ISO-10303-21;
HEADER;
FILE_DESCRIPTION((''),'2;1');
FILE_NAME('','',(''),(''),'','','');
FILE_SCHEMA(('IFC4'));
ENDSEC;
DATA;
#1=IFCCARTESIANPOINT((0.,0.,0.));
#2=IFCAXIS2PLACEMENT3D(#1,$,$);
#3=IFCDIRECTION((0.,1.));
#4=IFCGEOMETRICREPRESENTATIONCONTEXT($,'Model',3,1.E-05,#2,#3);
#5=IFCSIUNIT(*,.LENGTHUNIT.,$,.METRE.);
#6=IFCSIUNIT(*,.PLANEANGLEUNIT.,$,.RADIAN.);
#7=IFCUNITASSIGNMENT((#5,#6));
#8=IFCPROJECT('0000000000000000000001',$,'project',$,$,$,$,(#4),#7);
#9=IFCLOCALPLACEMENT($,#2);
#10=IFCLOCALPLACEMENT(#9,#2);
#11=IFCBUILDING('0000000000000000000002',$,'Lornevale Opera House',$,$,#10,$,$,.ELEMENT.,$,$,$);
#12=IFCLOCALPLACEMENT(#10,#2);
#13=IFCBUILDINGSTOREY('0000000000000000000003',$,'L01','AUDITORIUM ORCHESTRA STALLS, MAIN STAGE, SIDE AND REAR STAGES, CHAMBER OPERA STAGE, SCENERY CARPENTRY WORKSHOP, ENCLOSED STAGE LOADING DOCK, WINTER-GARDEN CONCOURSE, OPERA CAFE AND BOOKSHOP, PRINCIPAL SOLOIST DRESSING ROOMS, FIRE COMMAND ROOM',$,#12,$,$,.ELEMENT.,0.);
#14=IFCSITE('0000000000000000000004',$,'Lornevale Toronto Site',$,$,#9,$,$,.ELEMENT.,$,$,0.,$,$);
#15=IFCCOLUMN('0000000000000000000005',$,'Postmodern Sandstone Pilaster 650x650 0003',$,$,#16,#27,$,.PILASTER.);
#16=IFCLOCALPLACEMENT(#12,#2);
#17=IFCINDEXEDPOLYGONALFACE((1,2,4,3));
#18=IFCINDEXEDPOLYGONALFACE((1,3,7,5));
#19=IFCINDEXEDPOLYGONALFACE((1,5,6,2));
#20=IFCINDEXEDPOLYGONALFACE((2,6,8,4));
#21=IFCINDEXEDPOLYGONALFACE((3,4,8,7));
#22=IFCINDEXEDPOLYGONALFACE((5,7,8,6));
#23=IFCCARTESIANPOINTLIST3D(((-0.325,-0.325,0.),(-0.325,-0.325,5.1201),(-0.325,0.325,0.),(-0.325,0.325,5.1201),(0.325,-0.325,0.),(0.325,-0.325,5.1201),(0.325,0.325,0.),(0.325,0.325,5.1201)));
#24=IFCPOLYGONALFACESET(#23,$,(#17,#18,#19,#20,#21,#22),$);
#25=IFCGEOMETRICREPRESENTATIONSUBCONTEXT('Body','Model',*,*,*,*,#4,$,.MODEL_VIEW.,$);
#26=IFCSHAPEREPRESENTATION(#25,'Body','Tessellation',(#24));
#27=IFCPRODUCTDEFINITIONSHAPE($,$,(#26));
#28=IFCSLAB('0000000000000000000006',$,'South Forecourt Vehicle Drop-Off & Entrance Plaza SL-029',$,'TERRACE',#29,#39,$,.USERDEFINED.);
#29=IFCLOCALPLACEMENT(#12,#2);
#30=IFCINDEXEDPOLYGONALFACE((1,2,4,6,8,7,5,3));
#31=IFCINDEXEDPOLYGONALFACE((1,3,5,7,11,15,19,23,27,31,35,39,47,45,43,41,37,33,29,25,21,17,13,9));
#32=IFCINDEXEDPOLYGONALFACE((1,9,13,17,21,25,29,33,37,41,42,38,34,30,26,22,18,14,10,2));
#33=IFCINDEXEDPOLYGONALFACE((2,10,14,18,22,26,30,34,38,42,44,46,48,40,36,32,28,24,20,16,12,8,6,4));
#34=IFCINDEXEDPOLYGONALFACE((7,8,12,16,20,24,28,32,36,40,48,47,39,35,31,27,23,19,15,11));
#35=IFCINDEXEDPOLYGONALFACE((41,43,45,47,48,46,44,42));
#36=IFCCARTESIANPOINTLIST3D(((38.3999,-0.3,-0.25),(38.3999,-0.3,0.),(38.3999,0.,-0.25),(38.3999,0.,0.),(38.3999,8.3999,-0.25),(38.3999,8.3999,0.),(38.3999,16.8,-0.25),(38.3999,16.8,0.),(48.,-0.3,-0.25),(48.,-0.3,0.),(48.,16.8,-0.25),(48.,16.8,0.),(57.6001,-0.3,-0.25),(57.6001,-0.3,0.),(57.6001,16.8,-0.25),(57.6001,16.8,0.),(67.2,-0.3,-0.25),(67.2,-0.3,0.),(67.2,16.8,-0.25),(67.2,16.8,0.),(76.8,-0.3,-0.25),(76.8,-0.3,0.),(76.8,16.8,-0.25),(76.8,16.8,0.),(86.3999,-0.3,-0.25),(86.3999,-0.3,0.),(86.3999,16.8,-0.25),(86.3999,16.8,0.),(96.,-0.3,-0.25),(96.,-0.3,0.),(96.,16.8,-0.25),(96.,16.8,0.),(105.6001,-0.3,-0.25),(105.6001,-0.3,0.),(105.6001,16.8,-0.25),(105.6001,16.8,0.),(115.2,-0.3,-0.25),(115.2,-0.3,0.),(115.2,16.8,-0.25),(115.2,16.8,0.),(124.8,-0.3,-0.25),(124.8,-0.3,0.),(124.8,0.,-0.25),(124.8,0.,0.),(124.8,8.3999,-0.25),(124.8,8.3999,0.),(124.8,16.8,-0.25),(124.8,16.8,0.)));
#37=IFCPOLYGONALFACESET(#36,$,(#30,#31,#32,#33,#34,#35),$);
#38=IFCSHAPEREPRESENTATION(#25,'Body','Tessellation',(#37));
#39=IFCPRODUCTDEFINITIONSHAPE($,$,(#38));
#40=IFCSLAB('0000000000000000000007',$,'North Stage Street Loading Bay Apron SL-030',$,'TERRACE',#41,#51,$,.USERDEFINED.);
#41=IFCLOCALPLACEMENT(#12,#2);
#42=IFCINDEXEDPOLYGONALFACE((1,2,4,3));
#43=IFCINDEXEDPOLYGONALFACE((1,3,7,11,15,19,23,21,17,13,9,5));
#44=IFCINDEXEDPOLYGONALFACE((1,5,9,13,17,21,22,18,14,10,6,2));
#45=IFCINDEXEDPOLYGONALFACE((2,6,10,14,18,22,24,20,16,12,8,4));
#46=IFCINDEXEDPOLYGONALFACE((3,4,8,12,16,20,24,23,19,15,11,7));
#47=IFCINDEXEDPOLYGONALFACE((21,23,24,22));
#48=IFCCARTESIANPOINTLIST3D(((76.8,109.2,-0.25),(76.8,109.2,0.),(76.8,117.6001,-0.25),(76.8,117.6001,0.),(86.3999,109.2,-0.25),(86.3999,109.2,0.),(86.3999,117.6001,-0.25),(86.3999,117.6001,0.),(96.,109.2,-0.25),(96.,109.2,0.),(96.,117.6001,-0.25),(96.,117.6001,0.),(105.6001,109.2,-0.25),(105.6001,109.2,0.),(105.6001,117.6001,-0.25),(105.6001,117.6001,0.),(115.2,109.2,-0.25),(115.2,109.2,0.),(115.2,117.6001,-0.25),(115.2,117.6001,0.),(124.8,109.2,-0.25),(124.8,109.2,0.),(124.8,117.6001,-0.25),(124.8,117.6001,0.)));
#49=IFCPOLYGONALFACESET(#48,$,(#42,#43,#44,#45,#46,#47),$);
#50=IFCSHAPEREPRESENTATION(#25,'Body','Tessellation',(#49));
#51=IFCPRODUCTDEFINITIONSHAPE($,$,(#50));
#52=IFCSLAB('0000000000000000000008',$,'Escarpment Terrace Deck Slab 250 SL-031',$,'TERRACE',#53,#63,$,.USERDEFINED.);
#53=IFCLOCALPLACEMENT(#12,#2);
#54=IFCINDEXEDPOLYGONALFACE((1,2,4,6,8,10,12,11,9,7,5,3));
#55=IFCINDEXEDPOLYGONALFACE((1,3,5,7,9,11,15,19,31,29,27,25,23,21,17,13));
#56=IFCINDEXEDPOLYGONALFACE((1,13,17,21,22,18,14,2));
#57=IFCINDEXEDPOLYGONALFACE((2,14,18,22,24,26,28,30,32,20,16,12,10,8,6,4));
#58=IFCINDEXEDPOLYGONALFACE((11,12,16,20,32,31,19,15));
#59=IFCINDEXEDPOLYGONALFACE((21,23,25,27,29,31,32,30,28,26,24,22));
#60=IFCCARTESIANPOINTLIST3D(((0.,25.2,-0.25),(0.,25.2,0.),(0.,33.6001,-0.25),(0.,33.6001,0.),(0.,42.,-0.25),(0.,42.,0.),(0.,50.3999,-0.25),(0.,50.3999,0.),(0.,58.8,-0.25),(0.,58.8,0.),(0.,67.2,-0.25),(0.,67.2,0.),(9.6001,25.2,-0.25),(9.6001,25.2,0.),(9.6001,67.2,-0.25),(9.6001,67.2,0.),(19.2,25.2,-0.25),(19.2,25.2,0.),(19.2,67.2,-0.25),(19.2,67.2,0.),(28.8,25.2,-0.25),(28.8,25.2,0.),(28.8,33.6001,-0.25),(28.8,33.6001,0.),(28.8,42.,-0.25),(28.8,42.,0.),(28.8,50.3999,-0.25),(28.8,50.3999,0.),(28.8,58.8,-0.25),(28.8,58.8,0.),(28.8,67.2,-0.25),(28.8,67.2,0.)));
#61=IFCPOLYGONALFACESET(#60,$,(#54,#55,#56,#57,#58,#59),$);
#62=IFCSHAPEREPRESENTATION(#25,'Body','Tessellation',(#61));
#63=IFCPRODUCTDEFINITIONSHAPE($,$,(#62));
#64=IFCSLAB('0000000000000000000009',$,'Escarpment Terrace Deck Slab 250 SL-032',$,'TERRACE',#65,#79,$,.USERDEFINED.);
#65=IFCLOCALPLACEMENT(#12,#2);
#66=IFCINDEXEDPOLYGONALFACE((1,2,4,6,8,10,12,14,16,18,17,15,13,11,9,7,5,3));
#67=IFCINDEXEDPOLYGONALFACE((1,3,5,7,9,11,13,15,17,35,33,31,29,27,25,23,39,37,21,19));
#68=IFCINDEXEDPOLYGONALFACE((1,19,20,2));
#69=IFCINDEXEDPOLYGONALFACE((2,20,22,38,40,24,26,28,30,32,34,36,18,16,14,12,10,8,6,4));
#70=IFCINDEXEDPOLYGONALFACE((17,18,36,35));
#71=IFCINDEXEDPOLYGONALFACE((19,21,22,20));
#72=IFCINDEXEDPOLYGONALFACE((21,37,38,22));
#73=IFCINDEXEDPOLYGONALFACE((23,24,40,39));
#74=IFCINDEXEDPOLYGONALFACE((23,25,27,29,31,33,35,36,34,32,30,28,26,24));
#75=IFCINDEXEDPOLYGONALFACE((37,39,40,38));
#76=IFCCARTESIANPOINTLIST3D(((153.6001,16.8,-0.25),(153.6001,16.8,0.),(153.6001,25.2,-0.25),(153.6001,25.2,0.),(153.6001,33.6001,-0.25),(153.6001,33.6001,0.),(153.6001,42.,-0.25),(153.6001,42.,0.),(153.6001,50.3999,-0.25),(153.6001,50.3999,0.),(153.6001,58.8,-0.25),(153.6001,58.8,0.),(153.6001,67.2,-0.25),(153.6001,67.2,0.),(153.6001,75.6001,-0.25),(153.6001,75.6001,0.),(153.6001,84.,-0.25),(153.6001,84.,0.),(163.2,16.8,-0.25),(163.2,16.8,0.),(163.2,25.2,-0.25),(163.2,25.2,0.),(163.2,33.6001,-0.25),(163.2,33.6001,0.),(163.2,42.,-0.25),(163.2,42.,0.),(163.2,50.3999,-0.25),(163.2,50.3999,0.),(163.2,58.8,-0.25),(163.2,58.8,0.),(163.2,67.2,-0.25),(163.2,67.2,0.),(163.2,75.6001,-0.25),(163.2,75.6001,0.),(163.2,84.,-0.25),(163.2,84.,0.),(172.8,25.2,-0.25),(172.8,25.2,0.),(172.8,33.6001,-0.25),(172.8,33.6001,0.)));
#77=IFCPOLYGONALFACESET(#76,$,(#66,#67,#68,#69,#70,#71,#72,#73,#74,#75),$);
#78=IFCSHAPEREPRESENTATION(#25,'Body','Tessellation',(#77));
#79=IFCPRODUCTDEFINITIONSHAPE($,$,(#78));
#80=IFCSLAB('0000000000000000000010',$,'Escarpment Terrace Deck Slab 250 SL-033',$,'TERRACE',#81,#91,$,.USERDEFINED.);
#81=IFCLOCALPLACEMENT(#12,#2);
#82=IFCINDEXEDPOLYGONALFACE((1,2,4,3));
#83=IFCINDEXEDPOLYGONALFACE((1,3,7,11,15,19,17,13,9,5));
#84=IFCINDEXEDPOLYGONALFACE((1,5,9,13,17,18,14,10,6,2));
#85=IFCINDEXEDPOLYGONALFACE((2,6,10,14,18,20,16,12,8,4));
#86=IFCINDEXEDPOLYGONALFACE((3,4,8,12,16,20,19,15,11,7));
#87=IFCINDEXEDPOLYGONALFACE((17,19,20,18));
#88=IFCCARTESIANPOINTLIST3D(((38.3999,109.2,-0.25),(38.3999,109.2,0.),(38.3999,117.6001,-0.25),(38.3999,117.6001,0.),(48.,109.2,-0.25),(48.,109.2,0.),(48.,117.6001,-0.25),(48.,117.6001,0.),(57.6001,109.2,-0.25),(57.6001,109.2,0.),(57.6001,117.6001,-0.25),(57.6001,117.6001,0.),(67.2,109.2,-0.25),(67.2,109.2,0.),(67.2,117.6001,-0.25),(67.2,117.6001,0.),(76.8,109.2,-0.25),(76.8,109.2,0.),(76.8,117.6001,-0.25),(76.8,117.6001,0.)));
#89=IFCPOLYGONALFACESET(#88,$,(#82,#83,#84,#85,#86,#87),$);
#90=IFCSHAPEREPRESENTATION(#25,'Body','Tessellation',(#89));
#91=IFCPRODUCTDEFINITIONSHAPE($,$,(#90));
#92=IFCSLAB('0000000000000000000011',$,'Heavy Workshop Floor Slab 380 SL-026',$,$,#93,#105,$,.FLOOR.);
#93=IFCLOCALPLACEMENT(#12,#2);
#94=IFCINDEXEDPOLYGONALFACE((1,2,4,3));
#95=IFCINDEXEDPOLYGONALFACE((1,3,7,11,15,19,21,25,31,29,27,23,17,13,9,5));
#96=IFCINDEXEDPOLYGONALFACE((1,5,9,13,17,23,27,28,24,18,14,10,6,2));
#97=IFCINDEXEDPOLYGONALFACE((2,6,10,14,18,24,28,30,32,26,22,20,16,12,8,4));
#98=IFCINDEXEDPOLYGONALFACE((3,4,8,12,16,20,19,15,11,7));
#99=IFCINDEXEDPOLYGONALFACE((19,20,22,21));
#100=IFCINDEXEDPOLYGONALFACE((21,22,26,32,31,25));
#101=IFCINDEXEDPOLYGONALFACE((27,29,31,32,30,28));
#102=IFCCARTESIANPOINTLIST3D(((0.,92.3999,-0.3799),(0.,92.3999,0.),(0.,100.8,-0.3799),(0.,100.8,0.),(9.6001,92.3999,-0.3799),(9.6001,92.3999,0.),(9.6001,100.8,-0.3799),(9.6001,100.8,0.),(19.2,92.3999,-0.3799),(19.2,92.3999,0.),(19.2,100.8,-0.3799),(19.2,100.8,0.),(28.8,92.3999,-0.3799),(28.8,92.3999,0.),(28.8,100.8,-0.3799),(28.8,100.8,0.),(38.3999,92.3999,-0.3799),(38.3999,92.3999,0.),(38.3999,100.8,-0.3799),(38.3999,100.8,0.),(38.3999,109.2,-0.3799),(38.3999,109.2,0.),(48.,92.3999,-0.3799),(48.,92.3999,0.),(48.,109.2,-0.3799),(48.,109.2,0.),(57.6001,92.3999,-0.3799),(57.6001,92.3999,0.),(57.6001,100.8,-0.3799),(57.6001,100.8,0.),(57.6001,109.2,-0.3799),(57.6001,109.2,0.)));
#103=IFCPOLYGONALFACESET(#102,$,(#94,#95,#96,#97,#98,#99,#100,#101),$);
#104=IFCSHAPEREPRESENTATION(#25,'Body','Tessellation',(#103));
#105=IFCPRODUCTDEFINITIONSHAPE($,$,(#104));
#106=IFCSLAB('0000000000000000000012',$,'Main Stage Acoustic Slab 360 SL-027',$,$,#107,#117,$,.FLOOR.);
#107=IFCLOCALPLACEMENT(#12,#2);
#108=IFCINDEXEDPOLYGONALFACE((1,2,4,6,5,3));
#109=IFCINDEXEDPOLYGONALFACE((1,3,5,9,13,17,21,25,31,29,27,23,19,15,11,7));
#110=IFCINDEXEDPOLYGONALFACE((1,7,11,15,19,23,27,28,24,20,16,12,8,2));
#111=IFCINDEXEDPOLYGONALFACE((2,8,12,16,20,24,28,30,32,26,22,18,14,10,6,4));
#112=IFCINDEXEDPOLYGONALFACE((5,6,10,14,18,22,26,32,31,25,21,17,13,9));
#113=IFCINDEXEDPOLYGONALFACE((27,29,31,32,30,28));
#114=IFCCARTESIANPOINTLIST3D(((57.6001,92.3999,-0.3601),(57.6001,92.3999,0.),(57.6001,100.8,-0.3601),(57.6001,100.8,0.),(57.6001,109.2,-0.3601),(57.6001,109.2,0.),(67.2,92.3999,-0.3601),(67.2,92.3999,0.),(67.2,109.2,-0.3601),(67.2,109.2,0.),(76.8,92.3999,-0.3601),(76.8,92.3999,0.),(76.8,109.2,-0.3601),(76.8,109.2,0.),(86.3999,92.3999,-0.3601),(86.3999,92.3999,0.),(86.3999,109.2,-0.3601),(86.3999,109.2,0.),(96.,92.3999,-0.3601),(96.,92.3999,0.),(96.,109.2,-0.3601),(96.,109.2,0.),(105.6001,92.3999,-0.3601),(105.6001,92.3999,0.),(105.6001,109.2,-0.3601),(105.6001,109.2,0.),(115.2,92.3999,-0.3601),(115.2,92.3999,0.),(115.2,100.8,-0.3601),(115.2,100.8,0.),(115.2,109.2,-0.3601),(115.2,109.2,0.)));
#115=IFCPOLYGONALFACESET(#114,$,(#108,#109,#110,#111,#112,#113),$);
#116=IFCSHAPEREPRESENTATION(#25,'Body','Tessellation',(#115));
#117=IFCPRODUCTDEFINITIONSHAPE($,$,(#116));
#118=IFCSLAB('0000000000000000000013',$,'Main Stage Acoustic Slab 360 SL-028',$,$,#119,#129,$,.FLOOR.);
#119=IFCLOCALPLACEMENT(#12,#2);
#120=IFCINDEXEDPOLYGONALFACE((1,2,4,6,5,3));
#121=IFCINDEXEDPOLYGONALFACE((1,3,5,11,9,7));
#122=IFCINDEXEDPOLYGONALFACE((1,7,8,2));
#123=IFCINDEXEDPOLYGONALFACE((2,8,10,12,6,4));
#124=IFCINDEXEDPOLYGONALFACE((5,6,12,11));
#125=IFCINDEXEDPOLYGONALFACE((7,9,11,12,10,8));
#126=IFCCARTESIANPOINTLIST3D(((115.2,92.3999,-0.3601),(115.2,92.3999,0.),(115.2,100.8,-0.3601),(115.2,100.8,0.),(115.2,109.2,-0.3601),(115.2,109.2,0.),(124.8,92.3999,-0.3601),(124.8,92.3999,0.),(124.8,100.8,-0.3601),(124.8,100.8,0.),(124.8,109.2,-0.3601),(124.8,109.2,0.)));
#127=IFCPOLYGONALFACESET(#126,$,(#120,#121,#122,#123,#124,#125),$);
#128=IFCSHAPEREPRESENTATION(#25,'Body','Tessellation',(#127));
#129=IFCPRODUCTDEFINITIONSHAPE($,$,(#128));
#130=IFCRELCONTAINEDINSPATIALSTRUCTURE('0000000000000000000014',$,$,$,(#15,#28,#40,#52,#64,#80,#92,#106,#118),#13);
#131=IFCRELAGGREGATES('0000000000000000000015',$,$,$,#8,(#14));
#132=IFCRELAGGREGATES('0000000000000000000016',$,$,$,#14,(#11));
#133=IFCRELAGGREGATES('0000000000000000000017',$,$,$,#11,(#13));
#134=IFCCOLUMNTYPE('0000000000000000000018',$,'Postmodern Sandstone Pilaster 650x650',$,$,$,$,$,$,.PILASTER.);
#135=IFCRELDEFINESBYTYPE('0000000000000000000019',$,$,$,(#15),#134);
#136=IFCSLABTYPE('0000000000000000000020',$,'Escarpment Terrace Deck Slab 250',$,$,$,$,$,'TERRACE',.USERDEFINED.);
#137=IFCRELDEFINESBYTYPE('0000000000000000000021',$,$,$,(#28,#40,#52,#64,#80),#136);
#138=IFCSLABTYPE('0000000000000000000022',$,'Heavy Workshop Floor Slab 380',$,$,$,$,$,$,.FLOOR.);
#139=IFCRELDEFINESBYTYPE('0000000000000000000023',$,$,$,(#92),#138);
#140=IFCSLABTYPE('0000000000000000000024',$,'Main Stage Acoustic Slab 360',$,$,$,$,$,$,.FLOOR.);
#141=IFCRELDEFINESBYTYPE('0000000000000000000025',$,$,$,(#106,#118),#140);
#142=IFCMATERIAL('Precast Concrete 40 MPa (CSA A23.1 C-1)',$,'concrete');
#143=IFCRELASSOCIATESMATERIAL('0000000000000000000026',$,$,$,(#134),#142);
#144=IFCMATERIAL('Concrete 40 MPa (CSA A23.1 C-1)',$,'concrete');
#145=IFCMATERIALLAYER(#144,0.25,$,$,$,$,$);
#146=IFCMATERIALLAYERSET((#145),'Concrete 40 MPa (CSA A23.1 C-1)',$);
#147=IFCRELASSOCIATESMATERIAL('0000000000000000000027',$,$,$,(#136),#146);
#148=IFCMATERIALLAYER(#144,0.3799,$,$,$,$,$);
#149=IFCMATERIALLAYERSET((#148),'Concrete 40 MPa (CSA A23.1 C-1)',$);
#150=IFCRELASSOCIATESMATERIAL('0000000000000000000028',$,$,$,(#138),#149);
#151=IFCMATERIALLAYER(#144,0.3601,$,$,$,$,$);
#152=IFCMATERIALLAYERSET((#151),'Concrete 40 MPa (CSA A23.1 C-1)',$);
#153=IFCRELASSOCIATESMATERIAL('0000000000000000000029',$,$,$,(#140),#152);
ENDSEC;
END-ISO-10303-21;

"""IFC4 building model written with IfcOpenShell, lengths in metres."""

from ifc_helpers import new_model, si_unit, direction, frame, origin, origin_with_axes, origin_2d, place, context, subcontext, project, spatial, polyline, rectangle, outline, extrude, material, layer, layer_set, material_profile, profile_set, type_object, element, save


model = new_model("IFC4")

# Units and contexts
model_context = context("Model", 3, precision=1e-05, world=origin(), true_north=direction((0.0, 1.0)))
body_context = subcontext(model_context, "Body", "Model", "MODEL_VIEW")
ifc_project = project(units=[si_unit("LENGTHUNIT", "METRE"), si_unit("PLANEANGLEUNIT", "RADIAN")], contexts=[model_context])

# Site, building, storey
site_placement = place(None, origin())
site = spatial("IfcSite", under=ifc_project, at=site_placement, Name="Lornevale Toronto Site", CompositionType="ELEMENT", RefElevation=0.0)
building_placement = place(site_placement, origin())
building = spatial("IfcBuilding", under=site, at=building_placement, Name="Lornevale Opera House", CompositionType="ELEMENT")
storey_placement = place(building_placement, origin())
storey = spatial("IfcBuildingStorey", under=building, at=storey_placement, Name="L01", Description="AUDITORIUM ORCHESTRA STALLS, MAIN STAGE, SIDE AND REAR STAGES, CHAMBER OPERA STAGE, SCENERY CARPENTRY WORKSHOP, ENCLOSED STAGE LOADING DOCK, WINTER-GARDEN CONCOURSE, OPERA CAFE AND BOOKSHOP, PRINCIPAL SOLOIST DRESSING ROOMS, FIRE COMMAND ROOM", CompositionType="ELEMENT", Elevation=0.0)

# Column
ifc_material_1 = material(Name="Precast Concrete 40 MPa (CSA A23.1 C-1)", Category="concrete")
ifc_material_profile = material_profile(ifc_material_1, rectangle(XDim=0.6499, YDim=0.6499, at=origin_2d()), Name="RC650x650")
ifc_profile_set = profile_set([ifc_material_profile], Name="Precast Concrete 40 MPa (CSA A23.1 C-1)")
column_type = type_object("IfcColumnType", Name="Postmodern Sandstone Pilaster 650x650", PredefinedType="PILASTER", material=ifc_profile_set)
column_placement = place(storey_placement, origin_with_axes())
element("IfcColumn", 1, at=column_placement, inside=storey, type_object=column_type, Name="Postmodern Sandstone Pilaster 650x650 0003", PredefinedType="PILASTER", context=body_context, shape_type="SweptSolid", body=[
    extrude(rectangle(XDim=0.6499, YDim=0.6499, at=origin_2d()), origin(), (0.0, 0.0, 1.0), 5.1201),
])

# Slabs
ifc_material_2 = material(Name="Concrete 40 MPa (CSA A23.1 C-1)", Category="concrete")
ifc_layer_1 = layer(ifc_material_2, 0.25)
ifc_layer_set_1 = layer_set([ifc_layer_1], Name="Concrete 40 MPa (CSA A23.1 C-1)")
slab_type_1 = type_object("IfcSlabType", Name="Escarpment Terrace Deck Slab 250", ElementType="TERRACE", PredefinedType="USERDEFINED", material=ifc_layer_set_1)
slab_1_placement = place(storey_placement, frame((0.0, 0.0, -0.25)))
element("IfcSlab", 2, at=slab_1_placement, inside=storey, type_object=slab_type_1, Name="South Forecourt Vehicle Drop-Off & Entrance Plaza SL-029", ObjectType="TERRACE", PredefinedType="USERDEFINED", context=body_context, shape_type="SweptSolid", body=[
    extrude(outline(polyline([(38.3999, 16.8), (48.0, 16.8), (57.6001, 16.8), (67.2, 16.8), (76.8, 16.8), (86.3999, 16.8), (96.0, 16.8), (105.6001, 16.8), (115.2, 16.8), (124.8, 16.8), (124.8, 8.3999), (124.8, 0.0), (124.8, -0.3), (115.2, -0.3), (105.6001, -0.3), (96.0, -0.3), (86.3999, -0.3), (76.8, -0.3), (67.2, -0.3), (57.6001, -0.3), (48.0, -0.3), (38.3999, -0.3), (38.3999, 0.0), (38.3999, 8.3999), (38.3999, 16.8)])), origin(), (0.0, 0.0, 1.0), 0.25),
])
slab_2_placement = place(storey_placement, frame((0.0, 0.0, -0.25)))
element("IfcSlab", 3, at=slab_2_placement, inside=storey, type_object=slab_type_1, Name="North Stage Street Loading Bay Apron SL-030", ObjectType="TERRACE", PredefinedType="USERDEFINED", context=body_context, shape_type="SweptSolid", body=[
    extrude(outline(polyline([(76.8, 117.6001), (86.3999, 117.6001), (96.0, 117.6001), (105.6001, 117.6001), (115.2, 117.6001), (124.8, 117.6001), (124.8, 109.2), (115.2, 109.2), (105.6001, 109.2), (96.0, 109.2), (86.3999, 109.2), (76.8, 109.2), (76.8, 117.6001)])), origin(), (0.0, 0.0, 1.0), 0.25),
])
slab_3_placement = place(storey_placement, frame((0.0, 0.0, -0.25)))
element("IfcSlab", 4, at=slab_3_placement, inside=storey, type_object=slab_type_1, Name="Escarpment Terrace Deck Slab 250 SL-031", ObjectType="TERRACE", PredefinedType="USERDEFINED", context=body_context, shape_type="SweptSolid", body=[
    extrude(outline(polyline([(0.0, 50.3999), (0.0, 58.8), (0.0, 67.2), (9.6001, 67.2), (19.2, 67.2), (28.8, 67.2), (28.8, 58.8), (28.8, 50.3999), (28.8, 42.0), (28.8, 33.6001), (28.8, 25.2), (19.2, 25.2), (9.6001, 25.2), (0.0, 25.2), (0.0, 33.6001), (0.0, 42.0), (0.0, 50.3999)])), origin(), (0.0, 0.0, 1.0), 0.25),
])
slab_4_placement = place(storey_placement, frame((0.0, 0.0, -0.25)))
element("IfcSlab", 5, at=slab_4_placement, inside=storey, type_object=slab_type_1, Name="Escarpment Terrace Deck Slab 250 SL-032", ObjectType="TERRACE", PredefinedType="USERDEFINED", context=body_context, shape_type="SweptSolid", body=[
    extrude(outline(polyline([(153.6001, 33.6001), (153.6001, 42.0), (153.6001, 50.3999), (153.6001, 58.8), (153.6001, 67.2), (153.6001, 75.6001), (153.6001, 84.0), (163.2, 84.0), (163.2, 75.6001), (163.2, 67.2), (163.2, 58.8), (163.2, 50.3999), (163.2, 42.0), (163.2, 33.6001), (172.8, 33.6001), (172.8, 25.2), (163.2, 25.2), (163.2, 16.8), (153.6001, 16.8), (153.6001, 25.2), (153.6001, 33.6001)])), origin(), (0.0, 0.0, 1.0), 0.25),
])
slab_5_placement = place(storey_placement, frame((0.0, 0.0, -0.25)))
element("IfcSlab", 6, at=slab_5_placement, inside=storey, type_object=slab_type_1, Name="Escarpment Terrace Deck Slab 250 SL-033", ObjectType="TERRACE", PredefinedType="USERDEFINED", context=body_context, shape_type="SweptSolid", body=[
    extrude(outline(polyline([(67.2, 117.6001), (76.8, 117.6001), (76.8, 109.2), (67.2, 109.2), (57.6001, 109.2), (48.0, 109.2), (38.3999, 109.2), (38.3999, 117.6001), (48.0, 117.6001), (57.6001, 117.6001), (67.2, 117.6001)])), origin(), (0.0, 0.0, 1.0), 0.25),
])
ifc_layer_2 = layer(ifc_material_2, 0.3799)
ifc_layer_set_2 = layer_set([ifc_layer_2], Name="Concrete 40 MPa (CSA A23.1 C-1)")
slab_type_2 = type_object("IfcSlabType", Name="Heavy Workshop Floor Slab 380", PredefinedType="FLOOR", material=ifc_layer_set_2)
slab_6_placement = place(storey_placement, frame((0.0, 0.0, -0.3799)))
element("IfcSlab", 7, at=slab_6_placement, inside=storey, type_object=slab_type_2, Name="Heavy Workshop Floor Slab 380 SL-026", PredefinedType="FLOOR", context=body_context, shape_type="SweptSolid", body=[
    extrude(outline(polyline([(9.6001, 100.8), (19.2, 100.8), (28.8, 100.8), (38.3999, 100.8), (38.3999, 109.2), (48.0, 109.2), (57.6001, 109.2), (57.6001, 100.8), (57.6001, 92.3999), (48.0, 92.3999), (38.3999, 92.3999), (28.8, 92.3999), (19.2, 92.3999), (9.6001, 92.3999), (0.0, 92.3999), (0.0, 100.8), (9.6001, 100.8)])), origin(), (0.0, 0.0, 1.0), 0.3799),
])
ifc_layer_3 = layer(ifc_material_2, 0.3601)
ifc_layer_set_3 = layer_set([ifc_layer_3], Name="Concrete 40 MPa (CSA A23.1 C-1)")
slab_type_3 = type_object("IfcSlabType", Name="Main Stage Acoustic Slab 360", PredefinedType="FLOOR", material=ifc_layer_set_3)
slab_7_placement = place(storey_placement, frame((0.0, 0.0, -0.3601)))
element("IfcSlab", 8, at=slab_7_placement, inside=storey, type_object=slab_type_3, Name="Main Stage Acoustic Slab 360 SL-027", PredefinedType="FLOOR", context=body_context, shape_type="SweptSolid", body=[
    extrude(outline(polyline([(57.6001, 109.2), (67.2, 109.2), (76.8, 109.2), (86.3999, 109.2), (96.0, 109.2), (105.6001, 109.2), (115.2, 109.2), (115.2, 100.8), (115.2, 92.3999), (105.6001, 92.3999), (96.0, 92.3999), (86.3999, 92.3999), (76.8, 92.3999), (67.2, 92.3999), (57.6001, 92.3999), (57.6001, 100.8), (57.6001, 109.2)])), origin(), (0.0, 0.0, 1.0), 0.3601),
])
slab_8_placement = place(storey_placement, frame((0.0, 0.0, -0.3601)))
element("IfcSlab", 9, at=slab_8_placement, inside=storey, type_object=slab_type_3, Name="Main Stage Acoustic Slab 360 SL-028", PredefinedType="FLOOR", context=body_context, shape_type="SweptSolid", body=[
    extrude(outline(polyline([(124.8, 92.3999), (115.2, 92.3999), (115.2, 100.8), (115.2, 109.2), (124.8, 109.2), (124.8, 100.8), (124.8, 92.3999)])), origin(), (0.0, 0.0, 1.0), 0.3601),
])

save(model, "model.ifc")
